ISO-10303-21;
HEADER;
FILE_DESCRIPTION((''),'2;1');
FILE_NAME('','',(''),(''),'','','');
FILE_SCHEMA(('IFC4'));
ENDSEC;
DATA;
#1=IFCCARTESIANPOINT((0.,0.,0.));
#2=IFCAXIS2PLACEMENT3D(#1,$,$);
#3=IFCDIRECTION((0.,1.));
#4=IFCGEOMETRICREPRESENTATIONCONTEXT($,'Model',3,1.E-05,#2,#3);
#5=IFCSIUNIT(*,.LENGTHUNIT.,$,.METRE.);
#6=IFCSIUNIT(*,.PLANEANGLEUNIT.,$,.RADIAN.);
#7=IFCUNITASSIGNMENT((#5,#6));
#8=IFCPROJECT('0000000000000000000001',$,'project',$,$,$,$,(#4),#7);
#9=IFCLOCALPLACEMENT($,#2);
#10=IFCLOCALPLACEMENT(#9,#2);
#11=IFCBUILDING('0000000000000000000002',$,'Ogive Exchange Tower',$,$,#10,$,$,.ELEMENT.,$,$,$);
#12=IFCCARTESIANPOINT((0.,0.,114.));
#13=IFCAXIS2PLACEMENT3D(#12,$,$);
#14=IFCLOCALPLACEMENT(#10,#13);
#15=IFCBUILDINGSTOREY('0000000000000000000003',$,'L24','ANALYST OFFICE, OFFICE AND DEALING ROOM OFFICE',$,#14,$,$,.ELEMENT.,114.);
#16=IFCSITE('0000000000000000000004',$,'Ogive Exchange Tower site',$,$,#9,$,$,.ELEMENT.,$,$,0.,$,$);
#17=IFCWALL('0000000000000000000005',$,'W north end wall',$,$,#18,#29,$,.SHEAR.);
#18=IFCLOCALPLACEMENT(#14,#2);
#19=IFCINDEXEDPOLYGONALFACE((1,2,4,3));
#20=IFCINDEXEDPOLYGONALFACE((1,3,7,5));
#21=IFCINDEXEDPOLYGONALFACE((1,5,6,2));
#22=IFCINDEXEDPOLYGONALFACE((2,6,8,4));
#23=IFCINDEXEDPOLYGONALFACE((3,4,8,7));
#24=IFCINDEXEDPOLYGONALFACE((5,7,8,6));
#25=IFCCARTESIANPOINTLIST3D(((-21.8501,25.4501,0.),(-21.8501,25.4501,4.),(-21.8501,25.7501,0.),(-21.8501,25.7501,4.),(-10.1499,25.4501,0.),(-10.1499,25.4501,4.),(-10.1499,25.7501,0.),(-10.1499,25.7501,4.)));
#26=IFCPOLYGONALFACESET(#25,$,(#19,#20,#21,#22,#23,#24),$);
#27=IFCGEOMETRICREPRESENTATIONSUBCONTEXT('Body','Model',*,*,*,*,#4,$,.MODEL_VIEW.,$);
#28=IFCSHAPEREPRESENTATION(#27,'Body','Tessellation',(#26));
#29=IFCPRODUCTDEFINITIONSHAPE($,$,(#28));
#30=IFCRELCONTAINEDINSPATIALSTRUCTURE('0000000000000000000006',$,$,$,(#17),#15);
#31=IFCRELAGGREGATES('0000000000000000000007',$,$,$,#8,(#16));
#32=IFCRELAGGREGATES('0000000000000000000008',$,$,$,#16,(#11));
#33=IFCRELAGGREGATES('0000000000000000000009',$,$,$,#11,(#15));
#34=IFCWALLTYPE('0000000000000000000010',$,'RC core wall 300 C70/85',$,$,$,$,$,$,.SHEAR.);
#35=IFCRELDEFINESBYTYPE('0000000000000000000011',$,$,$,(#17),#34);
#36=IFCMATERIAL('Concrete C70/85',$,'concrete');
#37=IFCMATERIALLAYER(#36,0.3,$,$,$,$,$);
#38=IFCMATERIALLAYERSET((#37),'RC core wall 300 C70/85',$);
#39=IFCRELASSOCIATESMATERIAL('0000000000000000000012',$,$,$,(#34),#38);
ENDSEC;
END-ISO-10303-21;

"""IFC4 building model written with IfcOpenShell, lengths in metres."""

from ifc_helpers import new_model, si_unit, direction, frame, frame_2d, origin, place, context, subcontext, project, spatial, rectangle, extrude, material, layer, layer_set, type_object, element, save


model = new_model("IFC4")

# Units and contexts
model_context = context("Model", 3, precision=1e-05, world=origin(), true_north=direction((0.0, 1.0)))
body_context = subcontext(model_context, "Body", "Model", "MODEL_VIEW")
ifc_project = project(units=[si_unit("LENGTHUNIT", "METRE"), si_unit("PLANEANGLEUNIT", "RADIAN")], contexts=[model_context])

# Site, building, storey
site_placement = place(None, origin())
site = spatial("IfcSite", under=ifc_project, at=site_placement, Name="Ogive Exchange Tower site", CompositionType="ELEMENT", RefElevation=0.0)
building_placement = place(site_placement, origin())
building = spatial("IfcBuilding", under=site, at=building_placement, Name="Ogive Exchange Tower", CompositionType="ELEMENT")
storey_placement = place(building_placement, frame((0.0, 0.0, 114.0)))
storey = spatial("IfcBuildingStorey", under=building, at=storey_placement, Name="L24", Description="ANALYST OFFICE, OFFICE AND DEALING ROOM OFFICE", CompositionType="ELEMENT", Elevation=114.0)

# Wall
ifc_material_1 = material(Name="Concrete C70/85", Category="concrete")
ifc_layer_1 = layer(ifc_material_1, 0.3)
ifc_layer_set_1 = layer_set([ifc_layer_1], Name="RC core wall 300 C70/85")
wall_type_1 = type_object("IfcWallType", Name="RC core wall 300 C70/85", PredefinedType="SHEAR", material=ifc_layer_set_1)
wall_1_placement = place(storey_placement, frame((-21.8501, 25.6001, 0.0), z_axis=(0.0, 0.0, 1.0), x_axis=(1.0, 0.0, 0.0)))
element("IfcWall", 1, at=wall_1_placement, inside=storey, type_object=wall_type_1, Name="W north end wall", PredefinedType="SHEAR", context=body_context, shape_type="SweptSolid", body=[
    extrude(rectangle(XDim=11.7002, YDim=0.3, at=frame_2d((5.8501, 0.0))), origin(), (0.0, 0.0, 1.0), 4.0),
])

save(model, "model.ifc")
